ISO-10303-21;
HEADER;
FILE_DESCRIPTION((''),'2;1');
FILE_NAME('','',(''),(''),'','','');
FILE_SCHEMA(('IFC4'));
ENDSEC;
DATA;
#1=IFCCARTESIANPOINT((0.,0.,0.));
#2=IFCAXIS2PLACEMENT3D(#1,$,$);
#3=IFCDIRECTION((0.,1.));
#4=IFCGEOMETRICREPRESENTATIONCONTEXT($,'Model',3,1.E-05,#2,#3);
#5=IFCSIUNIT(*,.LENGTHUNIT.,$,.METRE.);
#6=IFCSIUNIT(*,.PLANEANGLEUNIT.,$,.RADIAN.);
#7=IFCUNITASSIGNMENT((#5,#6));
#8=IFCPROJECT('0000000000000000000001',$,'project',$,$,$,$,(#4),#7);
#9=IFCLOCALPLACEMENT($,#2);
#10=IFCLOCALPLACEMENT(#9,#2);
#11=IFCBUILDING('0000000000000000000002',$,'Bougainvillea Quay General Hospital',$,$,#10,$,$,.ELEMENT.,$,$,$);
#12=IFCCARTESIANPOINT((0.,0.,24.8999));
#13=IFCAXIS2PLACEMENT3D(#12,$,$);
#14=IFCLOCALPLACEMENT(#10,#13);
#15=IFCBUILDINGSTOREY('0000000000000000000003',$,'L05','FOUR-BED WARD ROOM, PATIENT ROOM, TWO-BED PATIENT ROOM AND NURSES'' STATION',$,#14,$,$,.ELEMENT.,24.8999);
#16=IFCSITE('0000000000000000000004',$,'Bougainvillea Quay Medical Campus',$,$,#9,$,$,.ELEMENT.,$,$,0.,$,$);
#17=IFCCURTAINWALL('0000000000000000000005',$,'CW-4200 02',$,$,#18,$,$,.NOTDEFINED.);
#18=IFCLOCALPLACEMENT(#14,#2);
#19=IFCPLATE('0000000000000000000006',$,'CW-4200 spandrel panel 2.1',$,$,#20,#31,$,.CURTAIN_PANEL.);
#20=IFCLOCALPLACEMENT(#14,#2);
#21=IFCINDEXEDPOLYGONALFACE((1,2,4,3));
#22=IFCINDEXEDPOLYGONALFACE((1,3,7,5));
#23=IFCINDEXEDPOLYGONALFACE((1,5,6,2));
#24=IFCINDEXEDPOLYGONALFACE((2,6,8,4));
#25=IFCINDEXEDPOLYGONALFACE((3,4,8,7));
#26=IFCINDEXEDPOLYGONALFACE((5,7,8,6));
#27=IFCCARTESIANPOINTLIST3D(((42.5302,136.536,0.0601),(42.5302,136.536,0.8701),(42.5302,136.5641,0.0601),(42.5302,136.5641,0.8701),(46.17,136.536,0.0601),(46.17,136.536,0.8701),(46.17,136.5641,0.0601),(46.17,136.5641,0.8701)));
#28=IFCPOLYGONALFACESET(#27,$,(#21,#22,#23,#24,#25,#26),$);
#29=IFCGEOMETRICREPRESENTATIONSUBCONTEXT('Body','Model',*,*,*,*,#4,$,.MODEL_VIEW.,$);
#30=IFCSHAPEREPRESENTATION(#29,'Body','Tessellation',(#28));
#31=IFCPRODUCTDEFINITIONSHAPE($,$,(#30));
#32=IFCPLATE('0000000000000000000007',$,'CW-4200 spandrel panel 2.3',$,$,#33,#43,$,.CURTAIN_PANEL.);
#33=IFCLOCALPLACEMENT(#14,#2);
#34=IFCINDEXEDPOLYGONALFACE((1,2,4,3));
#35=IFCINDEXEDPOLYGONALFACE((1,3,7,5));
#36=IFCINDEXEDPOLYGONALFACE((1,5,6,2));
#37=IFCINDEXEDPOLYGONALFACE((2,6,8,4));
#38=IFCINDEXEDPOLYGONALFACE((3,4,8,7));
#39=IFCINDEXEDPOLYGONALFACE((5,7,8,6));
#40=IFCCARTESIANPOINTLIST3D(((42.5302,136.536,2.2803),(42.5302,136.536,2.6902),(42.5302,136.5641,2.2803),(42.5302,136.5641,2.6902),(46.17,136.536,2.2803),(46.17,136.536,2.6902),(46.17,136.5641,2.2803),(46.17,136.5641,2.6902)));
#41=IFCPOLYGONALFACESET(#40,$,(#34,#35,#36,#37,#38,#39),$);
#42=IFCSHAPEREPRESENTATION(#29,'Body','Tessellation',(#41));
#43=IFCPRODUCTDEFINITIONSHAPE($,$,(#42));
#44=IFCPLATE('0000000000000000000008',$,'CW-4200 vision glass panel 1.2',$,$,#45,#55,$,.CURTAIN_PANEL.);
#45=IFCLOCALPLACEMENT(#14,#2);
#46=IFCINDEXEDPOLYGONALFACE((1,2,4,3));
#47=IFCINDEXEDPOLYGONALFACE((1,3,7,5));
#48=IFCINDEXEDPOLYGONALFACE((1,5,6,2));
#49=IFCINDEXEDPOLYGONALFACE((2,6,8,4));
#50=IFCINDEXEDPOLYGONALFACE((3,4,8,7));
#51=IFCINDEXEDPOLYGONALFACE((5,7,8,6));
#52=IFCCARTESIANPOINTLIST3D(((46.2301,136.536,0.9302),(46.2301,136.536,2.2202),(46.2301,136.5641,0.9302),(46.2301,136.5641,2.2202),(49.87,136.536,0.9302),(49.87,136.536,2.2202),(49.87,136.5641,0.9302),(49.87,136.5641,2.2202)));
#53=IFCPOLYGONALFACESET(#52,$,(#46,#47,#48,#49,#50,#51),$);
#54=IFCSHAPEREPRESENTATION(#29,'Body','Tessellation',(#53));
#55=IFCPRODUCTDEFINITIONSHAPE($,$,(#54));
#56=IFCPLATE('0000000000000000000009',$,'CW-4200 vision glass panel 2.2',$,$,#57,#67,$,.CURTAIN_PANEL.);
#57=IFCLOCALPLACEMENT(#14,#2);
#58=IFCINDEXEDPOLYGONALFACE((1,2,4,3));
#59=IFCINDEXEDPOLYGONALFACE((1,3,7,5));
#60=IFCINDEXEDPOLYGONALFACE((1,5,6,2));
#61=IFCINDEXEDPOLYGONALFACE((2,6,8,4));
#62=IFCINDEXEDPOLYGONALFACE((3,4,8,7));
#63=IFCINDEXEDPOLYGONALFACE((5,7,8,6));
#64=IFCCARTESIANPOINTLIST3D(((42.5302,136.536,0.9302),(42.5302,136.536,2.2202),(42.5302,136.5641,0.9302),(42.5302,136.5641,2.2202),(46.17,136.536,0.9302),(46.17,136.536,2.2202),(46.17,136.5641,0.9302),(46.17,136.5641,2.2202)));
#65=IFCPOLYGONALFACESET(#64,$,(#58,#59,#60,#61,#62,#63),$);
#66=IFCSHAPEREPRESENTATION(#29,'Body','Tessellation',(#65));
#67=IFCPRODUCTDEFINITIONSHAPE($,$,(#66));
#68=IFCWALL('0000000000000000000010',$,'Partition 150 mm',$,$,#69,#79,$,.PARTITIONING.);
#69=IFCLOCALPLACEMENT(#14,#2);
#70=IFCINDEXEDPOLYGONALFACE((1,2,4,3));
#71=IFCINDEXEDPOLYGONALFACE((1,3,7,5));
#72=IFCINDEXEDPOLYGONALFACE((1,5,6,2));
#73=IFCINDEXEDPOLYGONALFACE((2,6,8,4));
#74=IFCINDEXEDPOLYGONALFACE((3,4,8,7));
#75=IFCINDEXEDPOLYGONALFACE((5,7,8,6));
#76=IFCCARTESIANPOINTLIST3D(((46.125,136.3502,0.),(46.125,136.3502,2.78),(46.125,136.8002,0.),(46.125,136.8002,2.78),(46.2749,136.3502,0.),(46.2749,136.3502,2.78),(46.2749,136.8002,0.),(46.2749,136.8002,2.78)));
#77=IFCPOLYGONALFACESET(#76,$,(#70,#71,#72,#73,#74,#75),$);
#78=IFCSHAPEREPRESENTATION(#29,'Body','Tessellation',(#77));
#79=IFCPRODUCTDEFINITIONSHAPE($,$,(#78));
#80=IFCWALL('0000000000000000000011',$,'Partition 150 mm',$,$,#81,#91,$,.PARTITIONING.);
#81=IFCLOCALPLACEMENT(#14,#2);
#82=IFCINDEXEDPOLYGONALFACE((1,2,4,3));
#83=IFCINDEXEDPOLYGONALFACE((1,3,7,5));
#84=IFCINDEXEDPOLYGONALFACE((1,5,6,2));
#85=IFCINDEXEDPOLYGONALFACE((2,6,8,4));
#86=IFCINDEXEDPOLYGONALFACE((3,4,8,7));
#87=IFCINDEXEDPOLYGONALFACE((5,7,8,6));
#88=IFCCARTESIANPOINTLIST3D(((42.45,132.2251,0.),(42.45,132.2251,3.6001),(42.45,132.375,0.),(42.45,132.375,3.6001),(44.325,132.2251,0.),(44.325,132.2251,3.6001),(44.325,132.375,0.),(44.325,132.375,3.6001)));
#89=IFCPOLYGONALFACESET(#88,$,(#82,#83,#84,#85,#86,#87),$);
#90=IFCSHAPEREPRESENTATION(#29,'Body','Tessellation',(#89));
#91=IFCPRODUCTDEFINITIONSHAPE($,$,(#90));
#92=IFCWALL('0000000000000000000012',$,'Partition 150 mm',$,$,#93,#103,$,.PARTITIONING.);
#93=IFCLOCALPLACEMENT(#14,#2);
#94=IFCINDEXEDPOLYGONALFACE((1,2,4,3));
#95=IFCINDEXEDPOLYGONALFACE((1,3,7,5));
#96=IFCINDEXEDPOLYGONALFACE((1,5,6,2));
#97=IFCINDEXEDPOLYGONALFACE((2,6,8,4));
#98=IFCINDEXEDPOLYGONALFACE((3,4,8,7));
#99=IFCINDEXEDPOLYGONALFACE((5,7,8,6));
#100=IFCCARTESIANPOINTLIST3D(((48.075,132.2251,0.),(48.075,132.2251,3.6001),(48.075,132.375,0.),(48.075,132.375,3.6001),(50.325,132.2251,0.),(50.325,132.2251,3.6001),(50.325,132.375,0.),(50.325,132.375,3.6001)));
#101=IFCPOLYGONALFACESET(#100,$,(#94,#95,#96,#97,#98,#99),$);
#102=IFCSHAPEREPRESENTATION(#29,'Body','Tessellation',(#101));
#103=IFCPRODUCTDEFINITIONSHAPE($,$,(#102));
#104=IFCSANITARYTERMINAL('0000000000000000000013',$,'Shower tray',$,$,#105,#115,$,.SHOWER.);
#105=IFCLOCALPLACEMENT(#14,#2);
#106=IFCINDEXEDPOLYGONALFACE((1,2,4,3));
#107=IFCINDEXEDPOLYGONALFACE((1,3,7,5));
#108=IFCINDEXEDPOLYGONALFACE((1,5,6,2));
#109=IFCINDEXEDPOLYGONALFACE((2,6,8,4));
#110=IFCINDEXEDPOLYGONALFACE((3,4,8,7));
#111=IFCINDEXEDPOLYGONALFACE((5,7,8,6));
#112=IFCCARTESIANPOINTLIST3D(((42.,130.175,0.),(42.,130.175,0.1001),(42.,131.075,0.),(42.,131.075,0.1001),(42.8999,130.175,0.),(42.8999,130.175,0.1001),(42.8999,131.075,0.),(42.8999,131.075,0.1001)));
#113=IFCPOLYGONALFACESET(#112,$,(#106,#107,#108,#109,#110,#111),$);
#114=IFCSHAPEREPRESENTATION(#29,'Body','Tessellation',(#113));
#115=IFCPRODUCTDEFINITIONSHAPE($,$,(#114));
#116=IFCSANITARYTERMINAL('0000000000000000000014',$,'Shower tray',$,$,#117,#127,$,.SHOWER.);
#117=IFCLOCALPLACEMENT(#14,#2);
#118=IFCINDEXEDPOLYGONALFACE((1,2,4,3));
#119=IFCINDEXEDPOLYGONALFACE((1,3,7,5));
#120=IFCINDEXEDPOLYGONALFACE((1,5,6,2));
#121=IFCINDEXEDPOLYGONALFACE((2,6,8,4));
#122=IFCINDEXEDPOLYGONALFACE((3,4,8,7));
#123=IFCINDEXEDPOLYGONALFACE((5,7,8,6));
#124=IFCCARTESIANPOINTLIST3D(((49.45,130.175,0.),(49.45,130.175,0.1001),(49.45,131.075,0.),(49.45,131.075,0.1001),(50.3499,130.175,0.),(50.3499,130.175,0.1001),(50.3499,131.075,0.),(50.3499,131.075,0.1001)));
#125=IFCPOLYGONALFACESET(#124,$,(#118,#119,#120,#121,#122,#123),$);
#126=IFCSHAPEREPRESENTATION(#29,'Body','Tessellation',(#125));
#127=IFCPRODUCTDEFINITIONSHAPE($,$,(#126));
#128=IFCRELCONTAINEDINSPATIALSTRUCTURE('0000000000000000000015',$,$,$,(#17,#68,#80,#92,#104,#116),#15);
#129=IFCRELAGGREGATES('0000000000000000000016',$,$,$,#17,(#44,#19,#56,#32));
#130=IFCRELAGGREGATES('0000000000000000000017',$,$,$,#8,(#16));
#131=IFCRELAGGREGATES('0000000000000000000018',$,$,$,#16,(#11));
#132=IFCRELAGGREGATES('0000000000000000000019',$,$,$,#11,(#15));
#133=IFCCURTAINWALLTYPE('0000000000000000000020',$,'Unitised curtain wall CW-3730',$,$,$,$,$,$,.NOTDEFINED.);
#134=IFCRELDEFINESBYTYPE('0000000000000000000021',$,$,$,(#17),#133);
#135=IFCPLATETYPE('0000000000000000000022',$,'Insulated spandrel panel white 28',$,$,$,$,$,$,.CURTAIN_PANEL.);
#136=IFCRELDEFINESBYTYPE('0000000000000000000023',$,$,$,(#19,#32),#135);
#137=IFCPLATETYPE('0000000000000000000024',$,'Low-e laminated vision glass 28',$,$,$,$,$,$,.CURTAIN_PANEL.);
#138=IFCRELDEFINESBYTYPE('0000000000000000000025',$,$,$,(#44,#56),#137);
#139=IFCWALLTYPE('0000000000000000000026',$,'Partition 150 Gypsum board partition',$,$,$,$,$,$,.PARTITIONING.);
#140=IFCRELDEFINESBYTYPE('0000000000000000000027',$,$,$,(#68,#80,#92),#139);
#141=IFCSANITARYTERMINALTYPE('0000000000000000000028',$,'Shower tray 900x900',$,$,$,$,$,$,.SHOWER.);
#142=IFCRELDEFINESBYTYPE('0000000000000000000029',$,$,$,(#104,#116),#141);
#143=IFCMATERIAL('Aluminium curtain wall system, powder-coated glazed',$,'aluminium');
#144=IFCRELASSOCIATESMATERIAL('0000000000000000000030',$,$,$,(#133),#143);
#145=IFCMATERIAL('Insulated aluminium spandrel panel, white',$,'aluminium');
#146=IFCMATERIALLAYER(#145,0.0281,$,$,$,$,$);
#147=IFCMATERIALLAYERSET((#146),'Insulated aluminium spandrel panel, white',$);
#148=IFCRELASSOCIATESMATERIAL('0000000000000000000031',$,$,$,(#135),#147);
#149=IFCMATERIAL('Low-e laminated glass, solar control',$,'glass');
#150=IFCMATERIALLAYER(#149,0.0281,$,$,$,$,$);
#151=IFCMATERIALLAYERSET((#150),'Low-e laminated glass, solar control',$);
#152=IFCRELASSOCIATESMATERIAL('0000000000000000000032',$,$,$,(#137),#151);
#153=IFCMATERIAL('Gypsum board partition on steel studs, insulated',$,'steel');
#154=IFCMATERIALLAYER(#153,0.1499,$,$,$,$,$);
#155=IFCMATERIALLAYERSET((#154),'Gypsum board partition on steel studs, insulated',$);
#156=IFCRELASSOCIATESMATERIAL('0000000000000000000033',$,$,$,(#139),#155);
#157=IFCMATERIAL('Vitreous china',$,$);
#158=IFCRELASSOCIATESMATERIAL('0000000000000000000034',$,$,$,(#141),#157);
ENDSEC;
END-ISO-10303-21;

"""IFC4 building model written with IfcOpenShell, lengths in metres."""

from ifc_helpers import new_model, si_unit, direction, frame, frame_2d, origin, origin_2d, place, context, subcontext, project, spatial, rectangle, extrude, material, layer, layer_set, type_object, element, aggregate, save


model = new_model("IFC4")

# Units and contexts
model_context = context("Model", 3, precision=1e-05, world=origin(), true_north=direction((0.0, 1.0)))
body_context = subcontext(model_context, "Body", "Model", "MODEL_VIEW")
ifc_project = project(units=[si_unit("LENGTHUNIT", "METRE"), si_unit("PLANEANGLEUNIT", "RADIAN")], contexts=[model_context])

# Site, building, storey
site_placement = place(None, origin())
site = spatial("IfcSite", under=ifc_project, at=site_placement, Name="Bougainvillea Quay Medical Campus", CompositionType="ELEMENT", RefElevation=0.0)
building_placement = place(site_placement, origin())
building = spatial("IfcBuilding", under=site, at=building_placement, Name="Bougainvillea Quay General Hospital", CompositionType="ELEMENT")
storey_placement = place(building_placement, frame((0.0, 0.0, 24.8999)))
storey = spatial("IfcBuildingStorey", under=building, at=storey_placement, Name="L05", Description="FOUR-BED WARD ROOM, PATIENT ROOM, TWO-BED PATIENT ROOM AND NURSES' STATION", CompositionType="ELEMENT", Elevation=24.8999)

# Shared definitions
ifc_material_1 = material(Name="Aluminium curtain wall system, powder-coated glazed", Category="aluminium")

# Curtain wall, plates
curtain_wall_type_1 = type_object("IfcCurtainWallType", Name="Unitised curtain wall CW-3730", PredefinedType="NOTDEFINED", material=ifc_material_1)
curtain_wall_1_placement = place(storey_placement, origin())
curtain_wall_1 = element("IfcCurtainWall", 1, at=curtain_wall_1_placement, inside=storey, type_object=curtain_wall_type_1, Name="CW-4200 02", PredefinedType="NOTDEFINED")
ifc_material_2 = material(Name="Insulated aluminium spandrel panel, white", Category="aluminium")
ifc_layer_1 = layer(ifc_material_2, 0.0281)
ifc_layer_set_1 = layer_set([ifc_layer_1], Name="Insulated aluminium spandrel panel, white")
plate_type_1 = type_object("IfcPlateType", Name="Insulated spandrel panel white 28", PredefinedType="CURTAIN_PANEL", material=ifc_layer_set_1)
plate_1_placement = place(storey_placement, frame((44.3501, 136.55, 0.0601), z_axis=(0.0, 0.0, 1.0), x_axis=(-1.0, 0.0, 0.0)))
plate_1 = element("IfcPlate", 2, at=plate_1_placement, type_object=plate_type_1, Name="CW-4200 spandrel panel 2.1", PredefinedType="CURTAIN_PANEL", context=body_context, shape_type="SweptSolid", body=[
    extrude(rectangle(XDim=3.6399, YDim=0.0281, at=origin_2d()), origin(), (0.0, 0.0, 1.0), 0.8101),
])
plate_2_placement = place(storey_placement, frame((44.3501, 136.55, 2.2803), z_axis=(0.0, 0.0, 1.0), x_axis=(-1.0, 0.0, 0.0)))
plate_2 = element("IfcPlate", 3, at=plate_2_placement, type_object=plate_type_1, Name="CW-4200 spandrel panel 2.3", PredefinedType="CURTAIN_PANEL", context=body_context, shape_type="SweptSolid", body=[
    extrude(rectangle(XDim=3.6399, YDim=0.0281, at=origin_2d()), origin(), (0.0, 0.0, 1.0), 0.4099),
])
ifc_material_3 = material(Name="Low-e laminated glass, solar control", Category="glass")
ifc_layer_2 = layer(ifc_material_3, 0.0281)
ifc_layer_set_2 = layer_set([ifc_layer_2], Name="Low-e laminated glass, solar control")
plate_type_2 = type_object("IfcPlateType", Name="Low-e laminated vision glass 28", PredefinedType="CURTAIN_PANEL", material=ifc_layer_set_2)
plate_3_placement = place(storey_placement, frame((48.05, 136.55, 0.9302), z_axis=(0.0, 0.0, 1.0), x_axis=(-1.0, 0.0, 0.0)))
plate_3 = element("IfcPlate", 4, at=plate_3_placement, type_object=plate_type_2, Name="CW-4200 vision glass panel 1.2", PredefinedType="CURTAIN_PANEL", context=body_context, shape_type="SweptSolid", body=[
    extrude(rectangle(XDim=3.6399, YDim=0.0281, at=origin_2d()), origin(), (0.0, 0.0, 1.0), 1.29),
])
plate_4_placement = place(storey_placement, frame((44.3501, 136.55, 0.9302), z_axis=(0.0, 0.0, 1.0), x_axis=(-1.0, 0.0, 0.0)))
plate_4 = element("IfcPlate", 5, at=plate_4_placement, type_object=plate_type_2, Name="CW-4200 vision glass panel 2.2", PredefinedType="CURTAIN_PANEL", context=body_context, shape_type="SweptSolid", body=[
    extrude(rectangle(XDim=3.6399, YDim=0.0281, at=origin_2d()), origin(), (0.0, 0.0, 1.0), 1.29),
])
aggregate(curtain_wall_1, [plate_3, plate_1, plate_4, plate_2])

# Walls
ifc_material_4 = material(Name="Gypsum board partition on steel studs, insulated", Category="steel")
ifc_layer_3 = layer(ifc_material_4, 0.1499)
ifc_layer_set_3 = layer_set([ifc_layer_3], Name="Gypsum board partition on steel studs, insulated")
wall_type = type_object("IfcWallType", Name="Partition 150 Gypsum board partition", PredefinedType="PARTITIONING", material=ifc_layer_set_3)
wall_1_placement = place(storey_placement, frame((46.2, 136.3501, 0.0), z_axis=(0.0, 0.0, 1.0), x_axis=(0.0, 1.0, 0.0)))
element("IfcWall", 6, at=wall_1_placement, inside=storey, type_object=wall_type, Name="Partition 150 mm", PredefinedType="PARTITIONING", context=body_context, shape_type="SweptSolid", body=[
    extrude(rectangle(XDim=0.45, YDim=0.1499, at=frame_2d((0.2251, 0.0))), origin(), (0.0, 0.0, 1.0), 2.78),
])
wall_2_placement = place(storey_placement, frame((42.45, 132.3, 0.0), z_axis=(0.0, 0.0, 1.0), x_axis=(1.0, 0.0, 0.0)))
element("IfcWall", 7, at=wall_2_placement, inside=storey, type_object=wall_type, Name="Partition 150 mm", PredefinedType="PARTITIONING", context=body_context, shape_type="SweptSolid", body=[
    extrude(rectangle(XDim=1.875, YDim=0.1499, at=frame_2d((0.9375, 0.0))), origin(), (0.0, 0.0, 1.0), 3.6001),
])
wall_3_placement = place(storey_placement, frame((48.075, 132.3, 0.0), z_axis=(0.0, 0.0, 1.0), x_axis=(1.0, 0.0, 0.0)))
element("IfcWall", 8, at=wall_3_placement, inside=storey, type_object=wall_type, Name="Partition 150 mm", PredefinedType="PARTITIONING", context=body_context, shape_type="SweptSolid", body=[
    extrude(rectangle(XDim=2.25, YDim=0.1499, at=frame_2d((1.125, 0.0))), origin(), (0.0, 0.0, 1.0), 3.6001),
])

# Sanitary terminals
ifc_material_5 = material(Name="Vitreous china")
sanitary_terminal_type = type_object("IfcSanitaryTerminalType", Name="Shower tray 900x900", PredefinedType="SHOWER", material=ifc_material_5)
for number, where, z_axis, x_axis, name in (
    (9, (42.45, 130.625, 0.0), (0.0, 0.0, 1.0), (0.0, 1.0, 0.0), "Shower tray"),
    (10, (49.8999, 130.625, 0.0), (0.0, 0.0, 1.0), (0.0, -1.0, 0.0), "Shower tray"),
):
    element("IfcSanitaryTerminal", number, at=place(storey_placement, frame(where, z_axis=z_axis, x_axis=x_axis)), inside=storey, type_object=sanitary_terminal_type, Name=name, PredefinedType="SHOWER", context=body_context, shape_type="SweptSolid", body=[
        extrude(rectangle(XDim=0.8999, YDim=0.8999, at=origin_2d()), origin(), (0.0, 0.0, 1.0), 0.1001),
    ])

save(model, "model.ifc")
